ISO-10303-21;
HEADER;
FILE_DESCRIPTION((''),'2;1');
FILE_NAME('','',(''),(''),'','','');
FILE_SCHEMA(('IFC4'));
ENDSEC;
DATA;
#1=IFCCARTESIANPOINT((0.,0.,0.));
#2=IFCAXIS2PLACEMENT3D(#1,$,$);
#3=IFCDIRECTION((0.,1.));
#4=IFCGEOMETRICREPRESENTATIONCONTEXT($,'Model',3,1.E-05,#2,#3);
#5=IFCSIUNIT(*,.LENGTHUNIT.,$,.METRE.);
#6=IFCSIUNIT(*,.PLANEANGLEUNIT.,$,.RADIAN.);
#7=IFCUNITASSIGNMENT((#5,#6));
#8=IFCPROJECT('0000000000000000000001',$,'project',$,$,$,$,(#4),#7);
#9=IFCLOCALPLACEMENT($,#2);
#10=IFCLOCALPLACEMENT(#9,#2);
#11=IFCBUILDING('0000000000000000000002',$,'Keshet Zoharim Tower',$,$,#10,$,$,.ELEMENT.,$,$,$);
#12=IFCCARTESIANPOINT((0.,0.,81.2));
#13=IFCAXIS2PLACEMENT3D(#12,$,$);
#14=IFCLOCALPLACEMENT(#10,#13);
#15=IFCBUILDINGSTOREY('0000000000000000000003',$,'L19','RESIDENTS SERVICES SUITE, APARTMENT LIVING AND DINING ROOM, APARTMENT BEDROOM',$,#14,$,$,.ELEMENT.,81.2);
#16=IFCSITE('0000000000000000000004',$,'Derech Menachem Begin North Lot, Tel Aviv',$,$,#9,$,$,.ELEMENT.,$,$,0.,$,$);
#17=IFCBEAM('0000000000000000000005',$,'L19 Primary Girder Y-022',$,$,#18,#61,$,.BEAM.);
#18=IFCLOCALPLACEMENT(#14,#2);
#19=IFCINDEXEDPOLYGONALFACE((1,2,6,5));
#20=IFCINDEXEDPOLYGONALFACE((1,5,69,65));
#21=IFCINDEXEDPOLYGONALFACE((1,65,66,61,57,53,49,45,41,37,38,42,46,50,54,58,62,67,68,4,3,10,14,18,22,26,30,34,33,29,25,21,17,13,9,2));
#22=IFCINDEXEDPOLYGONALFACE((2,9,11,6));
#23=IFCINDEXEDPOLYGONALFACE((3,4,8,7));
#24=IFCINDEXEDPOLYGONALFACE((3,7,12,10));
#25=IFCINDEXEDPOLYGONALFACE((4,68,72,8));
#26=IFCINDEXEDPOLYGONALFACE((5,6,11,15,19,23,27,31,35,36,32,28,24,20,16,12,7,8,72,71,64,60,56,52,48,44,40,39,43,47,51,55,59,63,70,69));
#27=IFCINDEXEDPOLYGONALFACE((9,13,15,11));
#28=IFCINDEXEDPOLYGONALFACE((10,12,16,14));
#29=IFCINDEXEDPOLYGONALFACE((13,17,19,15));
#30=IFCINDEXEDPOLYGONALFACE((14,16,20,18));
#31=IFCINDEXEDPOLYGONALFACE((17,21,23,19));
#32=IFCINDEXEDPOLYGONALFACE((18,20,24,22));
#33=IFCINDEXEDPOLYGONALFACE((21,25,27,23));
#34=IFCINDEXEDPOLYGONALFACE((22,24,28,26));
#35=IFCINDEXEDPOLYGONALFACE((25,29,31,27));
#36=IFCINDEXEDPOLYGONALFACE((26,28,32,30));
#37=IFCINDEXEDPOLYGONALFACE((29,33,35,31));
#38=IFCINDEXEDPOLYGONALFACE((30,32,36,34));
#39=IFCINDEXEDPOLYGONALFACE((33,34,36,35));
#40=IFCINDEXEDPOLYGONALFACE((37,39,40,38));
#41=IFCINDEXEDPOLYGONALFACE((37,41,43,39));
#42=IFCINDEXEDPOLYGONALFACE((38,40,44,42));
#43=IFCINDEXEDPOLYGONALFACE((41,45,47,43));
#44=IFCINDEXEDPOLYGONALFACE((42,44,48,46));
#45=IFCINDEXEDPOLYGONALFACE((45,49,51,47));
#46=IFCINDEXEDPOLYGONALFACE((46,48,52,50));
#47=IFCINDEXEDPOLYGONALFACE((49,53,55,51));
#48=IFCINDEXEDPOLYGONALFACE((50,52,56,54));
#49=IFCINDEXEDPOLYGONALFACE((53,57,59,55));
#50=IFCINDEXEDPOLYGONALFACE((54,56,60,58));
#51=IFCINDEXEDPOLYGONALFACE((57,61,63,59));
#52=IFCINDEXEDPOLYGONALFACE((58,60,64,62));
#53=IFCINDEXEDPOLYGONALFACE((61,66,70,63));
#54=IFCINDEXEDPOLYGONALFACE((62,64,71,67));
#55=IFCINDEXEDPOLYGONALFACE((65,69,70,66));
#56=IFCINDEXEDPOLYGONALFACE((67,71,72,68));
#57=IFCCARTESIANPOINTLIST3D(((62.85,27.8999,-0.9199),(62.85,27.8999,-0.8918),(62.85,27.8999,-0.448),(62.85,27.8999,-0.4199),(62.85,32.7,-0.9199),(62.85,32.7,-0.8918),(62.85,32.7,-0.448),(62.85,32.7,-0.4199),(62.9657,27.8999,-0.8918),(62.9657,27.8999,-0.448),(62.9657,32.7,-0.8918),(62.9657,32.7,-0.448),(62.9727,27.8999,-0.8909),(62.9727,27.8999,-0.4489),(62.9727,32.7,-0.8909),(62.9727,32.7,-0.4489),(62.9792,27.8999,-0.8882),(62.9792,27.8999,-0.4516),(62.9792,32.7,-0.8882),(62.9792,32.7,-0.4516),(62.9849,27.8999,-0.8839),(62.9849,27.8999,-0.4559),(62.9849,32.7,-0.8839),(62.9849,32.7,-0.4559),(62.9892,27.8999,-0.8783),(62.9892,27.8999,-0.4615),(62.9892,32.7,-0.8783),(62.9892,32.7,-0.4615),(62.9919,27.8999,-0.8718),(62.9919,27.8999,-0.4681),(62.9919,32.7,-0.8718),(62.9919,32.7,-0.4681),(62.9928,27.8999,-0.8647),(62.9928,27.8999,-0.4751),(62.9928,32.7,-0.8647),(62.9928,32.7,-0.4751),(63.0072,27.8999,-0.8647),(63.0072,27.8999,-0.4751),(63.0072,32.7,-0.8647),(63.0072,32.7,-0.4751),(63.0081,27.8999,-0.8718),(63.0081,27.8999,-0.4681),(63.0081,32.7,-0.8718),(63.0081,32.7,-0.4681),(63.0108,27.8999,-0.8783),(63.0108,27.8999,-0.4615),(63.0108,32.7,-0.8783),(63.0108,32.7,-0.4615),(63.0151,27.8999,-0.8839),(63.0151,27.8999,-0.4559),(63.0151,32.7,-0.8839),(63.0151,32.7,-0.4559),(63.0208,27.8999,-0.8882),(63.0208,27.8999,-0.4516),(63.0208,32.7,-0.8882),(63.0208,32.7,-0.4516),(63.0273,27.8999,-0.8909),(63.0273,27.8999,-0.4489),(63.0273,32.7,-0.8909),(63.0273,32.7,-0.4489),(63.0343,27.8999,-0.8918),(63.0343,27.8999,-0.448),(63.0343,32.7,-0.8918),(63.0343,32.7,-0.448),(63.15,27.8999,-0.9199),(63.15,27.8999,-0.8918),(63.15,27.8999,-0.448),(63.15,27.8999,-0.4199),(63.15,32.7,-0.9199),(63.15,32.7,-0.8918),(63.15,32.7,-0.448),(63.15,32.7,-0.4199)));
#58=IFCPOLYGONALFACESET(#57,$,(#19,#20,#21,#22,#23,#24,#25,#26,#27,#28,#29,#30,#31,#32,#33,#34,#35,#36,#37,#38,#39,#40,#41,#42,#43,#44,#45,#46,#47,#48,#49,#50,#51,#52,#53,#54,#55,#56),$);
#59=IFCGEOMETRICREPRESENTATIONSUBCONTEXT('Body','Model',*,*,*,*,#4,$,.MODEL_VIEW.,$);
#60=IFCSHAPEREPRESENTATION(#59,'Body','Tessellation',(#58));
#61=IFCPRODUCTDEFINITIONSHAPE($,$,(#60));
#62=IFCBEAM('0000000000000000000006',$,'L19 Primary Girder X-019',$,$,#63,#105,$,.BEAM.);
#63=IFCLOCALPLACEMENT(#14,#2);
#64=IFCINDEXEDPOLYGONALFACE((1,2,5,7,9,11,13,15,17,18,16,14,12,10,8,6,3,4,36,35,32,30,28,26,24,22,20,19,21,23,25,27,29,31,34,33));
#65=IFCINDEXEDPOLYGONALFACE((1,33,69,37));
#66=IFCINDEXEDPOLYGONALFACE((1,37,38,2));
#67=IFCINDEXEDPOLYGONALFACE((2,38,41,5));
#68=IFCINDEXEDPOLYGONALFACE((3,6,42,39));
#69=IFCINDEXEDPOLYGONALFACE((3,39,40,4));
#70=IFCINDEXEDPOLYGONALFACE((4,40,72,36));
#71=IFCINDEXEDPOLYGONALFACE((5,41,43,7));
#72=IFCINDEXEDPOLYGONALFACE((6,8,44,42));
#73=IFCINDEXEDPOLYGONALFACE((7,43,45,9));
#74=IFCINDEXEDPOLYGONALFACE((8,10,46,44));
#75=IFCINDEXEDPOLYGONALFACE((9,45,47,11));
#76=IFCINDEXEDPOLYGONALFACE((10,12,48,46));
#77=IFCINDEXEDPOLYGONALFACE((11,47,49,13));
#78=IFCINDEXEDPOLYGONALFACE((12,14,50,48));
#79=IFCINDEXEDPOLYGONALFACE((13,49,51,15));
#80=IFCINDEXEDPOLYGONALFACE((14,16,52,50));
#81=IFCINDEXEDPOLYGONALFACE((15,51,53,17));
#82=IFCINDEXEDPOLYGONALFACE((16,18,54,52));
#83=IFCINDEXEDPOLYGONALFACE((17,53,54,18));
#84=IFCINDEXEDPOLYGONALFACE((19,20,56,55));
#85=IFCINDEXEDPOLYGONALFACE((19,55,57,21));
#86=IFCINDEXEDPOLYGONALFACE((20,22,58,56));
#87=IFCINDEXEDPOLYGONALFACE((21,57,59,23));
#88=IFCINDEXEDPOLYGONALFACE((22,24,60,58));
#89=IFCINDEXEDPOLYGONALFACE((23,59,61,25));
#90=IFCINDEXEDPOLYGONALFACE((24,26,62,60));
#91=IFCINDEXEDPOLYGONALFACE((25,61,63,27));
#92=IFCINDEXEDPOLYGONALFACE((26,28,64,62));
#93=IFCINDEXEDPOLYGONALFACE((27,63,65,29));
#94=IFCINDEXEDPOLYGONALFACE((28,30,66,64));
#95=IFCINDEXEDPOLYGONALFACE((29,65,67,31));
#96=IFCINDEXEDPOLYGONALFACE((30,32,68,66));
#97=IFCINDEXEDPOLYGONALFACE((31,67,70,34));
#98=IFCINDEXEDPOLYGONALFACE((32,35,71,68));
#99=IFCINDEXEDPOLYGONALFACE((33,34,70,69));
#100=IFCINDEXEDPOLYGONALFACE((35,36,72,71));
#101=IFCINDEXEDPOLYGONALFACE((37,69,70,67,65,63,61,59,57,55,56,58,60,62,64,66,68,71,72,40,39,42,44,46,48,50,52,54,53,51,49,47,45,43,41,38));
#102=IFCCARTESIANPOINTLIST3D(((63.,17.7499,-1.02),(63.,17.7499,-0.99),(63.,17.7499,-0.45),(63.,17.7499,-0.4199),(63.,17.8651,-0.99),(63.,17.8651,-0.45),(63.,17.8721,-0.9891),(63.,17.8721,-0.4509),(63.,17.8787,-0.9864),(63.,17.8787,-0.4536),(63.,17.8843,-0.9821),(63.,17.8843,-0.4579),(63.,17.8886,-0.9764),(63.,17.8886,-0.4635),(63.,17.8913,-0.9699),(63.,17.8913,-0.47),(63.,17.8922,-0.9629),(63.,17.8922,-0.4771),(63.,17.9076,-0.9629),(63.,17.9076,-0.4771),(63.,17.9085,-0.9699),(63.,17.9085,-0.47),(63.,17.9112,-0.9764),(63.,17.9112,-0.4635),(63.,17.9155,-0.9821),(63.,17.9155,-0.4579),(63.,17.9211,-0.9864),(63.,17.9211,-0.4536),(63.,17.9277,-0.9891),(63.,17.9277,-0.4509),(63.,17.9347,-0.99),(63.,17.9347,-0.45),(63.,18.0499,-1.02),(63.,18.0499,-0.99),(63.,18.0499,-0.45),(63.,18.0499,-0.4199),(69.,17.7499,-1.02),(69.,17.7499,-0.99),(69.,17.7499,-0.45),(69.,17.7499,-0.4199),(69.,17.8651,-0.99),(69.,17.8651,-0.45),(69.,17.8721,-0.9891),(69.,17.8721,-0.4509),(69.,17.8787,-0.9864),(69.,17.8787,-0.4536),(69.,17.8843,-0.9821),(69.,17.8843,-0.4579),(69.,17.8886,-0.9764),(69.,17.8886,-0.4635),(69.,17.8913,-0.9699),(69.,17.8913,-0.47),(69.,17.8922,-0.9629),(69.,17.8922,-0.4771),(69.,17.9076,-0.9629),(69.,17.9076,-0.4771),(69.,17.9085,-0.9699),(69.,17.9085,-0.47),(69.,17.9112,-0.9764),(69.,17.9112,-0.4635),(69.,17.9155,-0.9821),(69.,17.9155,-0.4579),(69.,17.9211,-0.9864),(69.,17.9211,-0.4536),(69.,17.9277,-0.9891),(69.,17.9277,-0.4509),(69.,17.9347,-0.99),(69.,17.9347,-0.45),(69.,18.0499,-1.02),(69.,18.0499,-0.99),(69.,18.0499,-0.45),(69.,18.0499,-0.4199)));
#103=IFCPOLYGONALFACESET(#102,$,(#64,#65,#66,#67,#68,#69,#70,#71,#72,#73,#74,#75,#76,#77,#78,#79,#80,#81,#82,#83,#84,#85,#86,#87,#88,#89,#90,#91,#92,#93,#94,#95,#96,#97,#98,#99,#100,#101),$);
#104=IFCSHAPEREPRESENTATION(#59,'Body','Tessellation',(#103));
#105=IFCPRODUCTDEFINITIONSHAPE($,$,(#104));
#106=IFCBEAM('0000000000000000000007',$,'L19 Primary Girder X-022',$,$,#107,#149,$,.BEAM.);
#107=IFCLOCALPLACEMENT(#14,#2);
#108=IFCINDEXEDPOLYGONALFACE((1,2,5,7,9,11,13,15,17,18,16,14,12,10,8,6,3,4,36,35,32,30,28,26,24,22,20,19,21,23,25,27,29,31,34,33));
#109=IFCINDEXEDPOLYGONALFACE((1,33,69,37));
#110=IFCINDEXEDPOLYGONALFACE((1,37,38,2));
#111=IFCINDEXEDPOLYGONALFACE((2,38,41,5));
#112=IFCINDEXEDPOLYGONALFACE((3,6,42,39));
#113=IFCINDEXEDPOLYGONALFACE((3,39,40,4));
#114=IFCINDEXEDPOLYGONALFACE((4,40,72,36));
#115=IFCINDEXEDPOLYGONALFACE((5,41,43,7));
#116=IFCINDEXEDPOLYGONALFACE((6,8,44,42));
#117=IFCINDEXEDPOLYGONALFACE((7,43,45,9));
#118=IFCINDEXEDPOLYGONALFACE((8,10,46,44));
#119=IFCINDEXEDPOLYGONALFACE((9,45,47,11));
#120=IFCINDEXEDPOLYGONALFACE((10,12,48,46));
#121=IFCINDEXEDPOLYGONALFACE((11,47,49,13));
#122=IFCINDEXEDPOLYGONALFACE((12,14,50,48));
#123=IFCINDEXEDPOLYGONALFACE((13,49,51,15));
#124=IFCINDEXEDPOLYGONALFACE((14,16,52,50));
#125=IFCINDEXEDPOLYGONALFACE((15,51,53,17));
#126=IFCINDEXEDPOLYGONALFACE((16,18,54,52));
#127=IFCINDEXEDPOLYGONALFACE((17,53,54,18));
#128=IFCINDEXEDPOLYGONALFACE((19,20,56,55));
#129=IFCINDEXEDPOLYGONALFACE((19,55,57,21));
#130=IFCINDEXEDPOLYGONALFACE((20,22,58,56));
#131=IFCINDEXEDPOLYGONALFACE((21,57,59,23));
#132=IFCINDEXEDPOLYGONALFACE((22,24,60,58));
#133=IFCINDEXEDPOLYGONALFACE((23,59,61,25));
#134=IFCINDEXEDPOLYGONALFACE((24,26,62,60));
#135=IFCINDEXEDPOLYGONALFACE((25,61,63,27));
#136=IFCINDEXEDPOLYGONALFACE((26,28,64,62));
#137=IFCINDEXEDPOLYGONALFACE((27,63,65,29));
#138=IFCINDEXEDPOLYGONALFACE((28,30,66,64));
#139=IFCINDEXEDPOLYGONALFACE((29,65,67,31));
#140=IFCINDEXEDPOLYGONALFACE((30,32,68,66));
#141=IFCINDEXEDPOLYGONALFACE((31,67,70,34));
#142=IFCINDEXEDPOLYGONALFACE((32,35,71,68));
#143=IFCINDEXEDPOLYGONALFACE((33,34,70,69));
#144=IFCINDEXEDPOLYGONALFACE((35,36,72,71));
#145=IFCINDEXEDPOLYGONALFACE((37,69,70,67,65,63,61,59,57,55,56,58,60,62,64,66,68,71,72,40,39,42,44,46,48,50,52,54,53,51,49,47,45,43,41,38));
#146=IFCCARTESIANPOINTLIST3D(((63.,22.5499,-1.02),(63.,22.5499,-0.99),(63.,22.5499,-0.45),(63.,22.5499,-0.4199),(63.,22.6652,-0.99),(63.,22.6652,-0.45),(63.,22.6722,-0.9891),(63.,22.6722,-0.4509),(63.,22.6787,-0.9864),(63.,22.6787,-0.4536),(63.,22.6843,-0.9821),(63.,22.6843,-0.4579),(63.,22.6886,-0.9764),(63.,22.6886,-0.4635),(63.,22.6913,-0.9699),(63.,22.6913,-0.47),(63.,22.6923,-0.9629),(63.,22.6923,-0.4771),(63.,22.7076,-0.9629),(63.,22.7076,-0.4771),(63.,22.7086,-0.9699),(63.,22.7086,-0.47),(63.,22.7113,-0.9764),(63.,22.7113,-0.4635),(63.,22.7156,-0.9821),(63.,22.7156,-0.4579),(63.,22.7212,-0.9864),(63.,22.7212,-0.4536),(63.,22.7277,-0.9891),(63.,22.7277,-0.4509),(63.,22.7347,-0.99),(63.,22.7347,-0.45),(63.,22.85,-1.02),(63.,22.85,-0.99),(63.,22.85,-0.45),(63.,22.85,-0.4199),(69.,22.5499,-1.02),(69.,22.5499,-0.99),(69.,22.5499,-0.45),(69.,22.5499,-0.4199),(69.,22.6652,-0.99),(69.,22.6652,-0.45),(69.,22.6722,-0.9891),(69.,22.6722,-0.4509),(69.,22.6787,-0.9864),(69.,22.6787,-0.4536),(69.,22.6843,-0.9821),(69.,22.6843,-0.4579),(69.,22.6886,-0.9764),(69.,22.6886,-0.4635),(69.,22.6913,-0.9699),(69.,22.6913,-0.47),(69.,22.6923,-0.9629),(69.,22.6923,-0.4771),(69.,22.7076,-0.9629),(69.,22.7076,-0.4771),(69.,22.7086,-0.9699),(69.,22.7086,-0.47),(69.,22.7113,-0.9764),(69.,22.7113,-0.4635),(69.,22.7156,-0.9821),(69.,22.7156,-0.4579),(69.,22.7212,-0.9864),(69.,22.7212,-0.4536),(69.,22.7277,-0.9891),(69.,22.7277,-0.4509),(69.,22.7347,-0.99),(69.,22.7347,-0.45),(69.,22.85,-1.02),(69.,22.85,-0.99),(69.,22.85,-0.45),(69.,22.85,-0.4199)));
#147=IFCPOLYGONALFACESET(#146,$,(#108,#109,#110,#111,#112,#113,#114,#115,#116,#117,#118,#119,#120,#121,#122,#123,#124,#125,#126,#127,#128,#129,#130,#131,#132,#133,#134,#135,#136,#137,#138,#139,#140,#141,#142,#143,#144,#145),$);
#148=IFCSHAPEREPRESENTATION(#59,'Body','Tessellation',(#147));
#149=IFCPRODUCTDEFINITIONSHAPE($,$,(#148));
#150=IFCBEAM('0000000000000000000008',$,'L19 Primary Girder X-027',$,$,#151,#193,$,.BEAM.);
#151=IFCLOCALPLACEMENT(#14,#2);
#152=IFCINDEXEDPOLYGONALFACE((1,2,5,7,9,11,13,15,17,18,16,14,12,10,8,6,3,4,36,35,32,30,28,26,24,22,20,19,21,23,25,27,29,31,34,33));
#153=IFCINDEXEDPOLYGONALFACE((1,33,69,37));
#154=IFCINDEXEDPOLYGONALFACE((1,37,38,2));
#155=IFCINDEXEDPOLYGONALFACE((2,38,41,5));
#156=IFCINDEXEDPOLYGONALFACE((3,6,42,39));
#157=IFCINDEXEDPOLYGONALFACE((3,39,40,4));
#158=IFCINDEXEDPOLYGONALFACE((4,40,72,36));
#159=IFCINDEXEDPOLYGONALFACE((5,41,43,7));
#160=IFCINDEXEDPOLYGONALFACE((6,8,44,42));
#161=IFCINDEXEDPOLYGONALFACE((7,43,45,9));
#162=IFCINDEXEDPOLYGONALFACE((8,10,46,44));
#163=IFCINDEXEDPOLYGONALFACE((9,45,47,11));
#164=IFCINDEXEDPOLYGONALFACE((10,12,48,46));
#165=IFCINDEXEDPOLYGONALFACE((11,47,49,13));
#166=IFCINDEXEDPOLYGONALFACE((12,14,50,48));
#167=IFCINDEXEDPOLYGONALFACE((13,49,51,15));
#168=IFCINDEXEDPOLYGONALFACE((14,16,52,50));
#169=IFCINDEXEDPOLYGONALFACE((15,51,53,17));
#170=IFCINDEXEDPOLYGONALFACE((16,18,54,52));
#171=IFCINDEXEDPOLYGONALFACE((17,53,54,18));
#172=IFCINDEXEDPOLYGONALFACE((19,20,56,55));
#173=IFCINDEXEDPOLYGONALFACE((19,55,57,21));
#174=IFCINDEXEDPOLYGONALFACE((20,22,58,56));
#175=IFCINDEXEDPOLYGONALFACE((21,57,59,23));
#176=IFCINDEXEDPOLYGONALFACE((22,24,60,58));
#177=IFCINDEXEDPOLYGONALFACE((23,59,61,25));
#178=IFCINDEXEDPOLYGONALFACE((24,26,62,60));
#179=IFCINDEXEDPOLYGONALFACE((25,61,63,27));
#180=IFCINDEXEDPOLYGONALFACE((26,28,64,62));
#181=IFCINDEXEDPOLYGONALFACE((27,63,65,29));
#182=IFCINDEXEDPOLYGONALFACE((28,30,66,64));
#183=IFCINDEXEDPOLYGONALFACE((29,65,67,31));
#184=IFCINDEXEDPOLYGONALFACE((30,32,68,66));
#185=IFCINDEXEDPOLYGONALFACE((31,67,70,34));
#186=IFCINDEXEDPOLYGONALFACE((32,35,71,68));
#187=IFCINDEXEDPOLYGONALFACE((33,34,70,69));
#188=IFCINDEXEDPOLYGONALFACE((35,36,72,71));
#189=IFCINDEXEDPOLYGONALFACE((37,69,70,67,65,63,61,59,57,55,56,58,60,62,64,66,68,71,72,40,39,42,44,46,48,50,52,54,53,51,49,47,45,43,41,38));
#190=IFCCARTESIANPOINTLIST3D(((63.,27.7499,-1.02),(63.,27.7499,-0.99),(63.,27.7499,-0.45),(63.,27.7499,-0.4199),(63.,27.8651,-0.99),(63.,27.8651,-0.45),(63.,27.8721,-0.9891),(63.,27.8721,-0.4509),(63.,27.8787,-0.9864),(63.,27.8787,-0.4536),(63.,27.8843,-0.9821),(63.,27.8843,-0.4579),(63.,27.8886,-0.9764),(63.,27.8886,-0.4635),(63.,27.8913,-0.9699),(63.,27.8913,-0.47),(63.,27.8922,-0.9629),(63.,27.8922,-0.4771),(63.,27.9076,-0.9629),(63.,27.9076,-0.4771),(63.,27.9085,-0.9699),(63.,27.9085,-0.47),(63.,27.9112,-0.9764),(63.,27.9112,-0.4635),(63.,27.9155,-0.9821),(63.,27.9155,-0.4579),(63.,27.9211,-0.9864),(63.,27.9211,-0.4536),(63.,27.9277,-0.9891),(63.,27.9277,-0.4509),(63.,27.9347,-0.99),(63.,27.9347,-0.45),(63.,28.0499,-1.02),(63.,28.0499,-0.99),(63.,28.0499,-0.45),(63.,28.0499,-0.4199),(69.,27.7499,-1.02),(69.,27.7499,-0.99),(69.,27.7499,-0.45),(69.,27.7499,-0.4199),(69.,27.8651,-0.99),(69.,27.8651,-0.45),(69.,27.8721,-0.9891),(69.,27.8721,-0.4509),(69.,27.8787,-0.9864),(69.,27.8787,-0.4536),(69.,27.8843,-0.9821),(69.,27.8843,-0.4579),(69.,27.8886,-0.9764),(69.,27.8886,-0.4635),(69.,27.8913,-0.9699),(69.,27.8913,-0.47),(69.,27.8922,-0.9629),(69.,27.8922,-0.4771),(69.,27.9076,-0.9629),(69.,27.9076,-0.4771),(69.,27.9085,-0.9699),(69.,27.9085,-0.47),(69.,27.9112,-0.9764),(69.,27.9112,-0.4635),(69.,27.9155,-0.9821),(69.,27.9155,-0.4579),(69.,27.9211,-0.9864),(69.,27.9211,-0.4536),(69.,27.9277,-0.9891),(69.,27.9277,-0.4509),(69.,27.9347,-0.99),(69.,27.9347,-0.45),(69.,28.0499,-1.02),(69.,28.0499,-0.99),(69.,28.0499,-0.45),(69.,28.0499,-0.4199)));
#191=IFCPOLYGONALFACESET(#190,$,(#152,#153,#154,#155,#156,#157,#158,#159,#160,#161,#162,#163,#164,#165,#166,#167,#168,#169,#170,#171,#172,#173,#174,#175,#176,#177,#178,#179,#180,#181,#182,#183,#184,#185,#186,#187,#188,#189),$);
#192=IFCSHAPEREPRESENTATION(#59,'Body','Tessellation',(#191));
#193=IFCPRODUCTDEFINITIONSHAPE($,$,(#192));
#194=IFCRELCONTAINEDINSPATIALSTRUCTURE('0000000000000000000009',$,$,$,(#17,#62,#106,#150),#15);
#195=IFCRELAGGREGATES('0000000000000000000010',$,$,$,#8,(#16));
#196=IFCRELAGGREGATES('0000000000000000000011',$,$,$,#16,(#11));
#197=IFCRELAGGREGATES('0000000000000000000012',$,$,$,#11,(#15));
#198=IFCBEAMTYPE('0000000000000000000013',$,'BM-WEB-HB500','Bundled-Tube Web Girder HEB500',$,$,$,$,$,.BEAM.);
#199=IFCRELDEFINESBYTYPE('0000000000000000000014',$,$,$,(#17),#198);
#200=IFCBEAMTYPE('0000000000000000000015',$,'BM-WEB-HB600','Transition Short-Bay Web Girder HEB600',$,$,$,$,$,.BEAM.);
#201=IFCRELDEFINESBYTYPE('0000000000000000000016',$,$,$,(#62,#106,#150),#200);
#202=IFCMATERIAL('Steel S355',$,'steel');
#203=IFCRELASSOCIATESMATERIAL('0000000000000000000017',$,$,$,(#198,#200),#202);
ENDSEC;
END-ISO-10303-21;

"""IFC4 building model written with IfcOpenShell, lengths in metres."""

from ifc_helpers import new_model, si_unit, direction, frame, origin, origin_2d, place, context, subcontext, project, spatial, i_section, extrude, material, material_profile, profile_set, type_object, element, save


model = new_model("IFC4")

# Units and contexts
model_context = context("Model", 3, precision=1e-05, world=origin(), true_north=direction((0.0, 1.0)))
body_context = subcontext(model_context, "Body", "Model", "MODEL_VIEW")
ifc_project = project(units=[si_unit("LENGTHUNIT", "METRE"), si_unit("PLANEANGLEUNIT", "RADIAN")], contexts=[model_context])

# Site, building, storey
site_placement = place(None, origin())
site = spatial("IfcSite", under=ifc_project, at=site_placement, Name="Derech Menachem Begin North Lot, Tel Aviv", CompositionType="ELEMENT", RefElevation=0.0)
building_placement = place(site_placement, origin())
building = spatial("IfcBuilding", under=site, at=building_placement, Name="Keshet Zoharim Tower", CompositionType="ELEMENT")
storey_placement = place(building_placement, frame((0.0, 0.0, 81.2)))
storey = spatial("IfcBuildingStorey", under=building, at=storey_placement, Name="L19", Description="RESIDENTS SERVICES SUITE, APARTMENT LIVING AND DINING ROOM, APARTMENT BEDROOM", CompositionType="ELEMENT", Elevation=81.2)

# Shared definitions
ifc_material_1 = material(Name="Steel S355", Category="steel")

# Beams
ifc_material_profile_1 = material_profile(ifc_material_1, i_section(OverallWidth=0.3, OverallDepth=0.5, WebThickness=0.0144, FlangeThickness=0.0281, FilletRadius=0.0271, at=origin_2d()), Name="HEB500")
ifc_profile_set_1 = profile_set([ifc_material_profile_1], Name="Steel S355")
beam_type_1 = type_object("IfcBeamType", Name="BM-WEB-HB500", Description="Bundled-Tube Web Girder HEB500", PredefinedType="BEAM", material=ifc_profile_set_1)
beam_1_placement = place(storey_placement, frame((63.0, 27.8999, -0.6699), z_axis=(0.0, 1.0, 0.0), x_axis=(-1.0, 0.0, 0.0)))
element("IfcBeam", 1, at=beam_1_placement, inside=storey, type_object=beam_type_1, Name="L19 Primary Girder Y-022", PredefinedType="BEAM", context=body_context, shape_type="SweptSolid", body=[
    extrude(i_section(OverallWidth=0.3, OverallDepth=0.5, WebThickness=0.0144, FlangeThickness=0.0281, FilletRadius=0.0271, at=origin_2d()), origin(), (0.0, 0.0, 1.0), 4.8),
])
ifc_material_profile_2 = material_profile(ifc_material_1, i_section(OverallWidth=0.3, OverallDepth=0.6001, WebThickness=0.0154, FlangeThickness=0.03, FilletRadius=0.0271, at=origin_2d()), Name="HEB600")
ifc_profile_set_2 = profile_set([ifc_material_profile_2], Name="Steel S355")
beam_type_2 = type_object("IfcBeamType", Name="BM-WEB-HB600", Description="Transition Short-Bay Web Girder HEB600", PredefinedType="BEAM", material=ifc_profile_set_2)
for number, where, z_axis, x_axis, name in (
    (2, (63.0, 17.8999, -0.72), (1.0, 0.0, 0.0), (0.0, 1.0, 0.0), "L19 Primary Girder X-019"),
    (3, (63.0, 22.7, -0.72), (1.0, 0.0, 0.0), (0.0, 1.0, 0.0), "L19 Primary Girder X-022"),
    (4, (63.0, 27.8999, -0.72), (1.0, 0.0, 0.0), (0.0, 1.0, 0.0), "L19 Primary Girder X-027"),
):
    element("IfcBeam", number, at=place(storey_placement, frame(where, z_axis=z_axis, x_axis=x_axis)), inside=storey, type_object=beam_type_2, Name=name, PredefinedType="BEAM", context=body_context, shape_type="SweptSolid", body=[
        extrude(i_section(OverallWidth=0.3, OverallDepth=0.6001, WebThickness=0.0154, FlangeThickness=0.03, FilletRadius=0.0271, at=origin_2d()), origin(), (0.0, 0.0, 1.0), 6.0),
    ])

save(model, "model.ifc")
